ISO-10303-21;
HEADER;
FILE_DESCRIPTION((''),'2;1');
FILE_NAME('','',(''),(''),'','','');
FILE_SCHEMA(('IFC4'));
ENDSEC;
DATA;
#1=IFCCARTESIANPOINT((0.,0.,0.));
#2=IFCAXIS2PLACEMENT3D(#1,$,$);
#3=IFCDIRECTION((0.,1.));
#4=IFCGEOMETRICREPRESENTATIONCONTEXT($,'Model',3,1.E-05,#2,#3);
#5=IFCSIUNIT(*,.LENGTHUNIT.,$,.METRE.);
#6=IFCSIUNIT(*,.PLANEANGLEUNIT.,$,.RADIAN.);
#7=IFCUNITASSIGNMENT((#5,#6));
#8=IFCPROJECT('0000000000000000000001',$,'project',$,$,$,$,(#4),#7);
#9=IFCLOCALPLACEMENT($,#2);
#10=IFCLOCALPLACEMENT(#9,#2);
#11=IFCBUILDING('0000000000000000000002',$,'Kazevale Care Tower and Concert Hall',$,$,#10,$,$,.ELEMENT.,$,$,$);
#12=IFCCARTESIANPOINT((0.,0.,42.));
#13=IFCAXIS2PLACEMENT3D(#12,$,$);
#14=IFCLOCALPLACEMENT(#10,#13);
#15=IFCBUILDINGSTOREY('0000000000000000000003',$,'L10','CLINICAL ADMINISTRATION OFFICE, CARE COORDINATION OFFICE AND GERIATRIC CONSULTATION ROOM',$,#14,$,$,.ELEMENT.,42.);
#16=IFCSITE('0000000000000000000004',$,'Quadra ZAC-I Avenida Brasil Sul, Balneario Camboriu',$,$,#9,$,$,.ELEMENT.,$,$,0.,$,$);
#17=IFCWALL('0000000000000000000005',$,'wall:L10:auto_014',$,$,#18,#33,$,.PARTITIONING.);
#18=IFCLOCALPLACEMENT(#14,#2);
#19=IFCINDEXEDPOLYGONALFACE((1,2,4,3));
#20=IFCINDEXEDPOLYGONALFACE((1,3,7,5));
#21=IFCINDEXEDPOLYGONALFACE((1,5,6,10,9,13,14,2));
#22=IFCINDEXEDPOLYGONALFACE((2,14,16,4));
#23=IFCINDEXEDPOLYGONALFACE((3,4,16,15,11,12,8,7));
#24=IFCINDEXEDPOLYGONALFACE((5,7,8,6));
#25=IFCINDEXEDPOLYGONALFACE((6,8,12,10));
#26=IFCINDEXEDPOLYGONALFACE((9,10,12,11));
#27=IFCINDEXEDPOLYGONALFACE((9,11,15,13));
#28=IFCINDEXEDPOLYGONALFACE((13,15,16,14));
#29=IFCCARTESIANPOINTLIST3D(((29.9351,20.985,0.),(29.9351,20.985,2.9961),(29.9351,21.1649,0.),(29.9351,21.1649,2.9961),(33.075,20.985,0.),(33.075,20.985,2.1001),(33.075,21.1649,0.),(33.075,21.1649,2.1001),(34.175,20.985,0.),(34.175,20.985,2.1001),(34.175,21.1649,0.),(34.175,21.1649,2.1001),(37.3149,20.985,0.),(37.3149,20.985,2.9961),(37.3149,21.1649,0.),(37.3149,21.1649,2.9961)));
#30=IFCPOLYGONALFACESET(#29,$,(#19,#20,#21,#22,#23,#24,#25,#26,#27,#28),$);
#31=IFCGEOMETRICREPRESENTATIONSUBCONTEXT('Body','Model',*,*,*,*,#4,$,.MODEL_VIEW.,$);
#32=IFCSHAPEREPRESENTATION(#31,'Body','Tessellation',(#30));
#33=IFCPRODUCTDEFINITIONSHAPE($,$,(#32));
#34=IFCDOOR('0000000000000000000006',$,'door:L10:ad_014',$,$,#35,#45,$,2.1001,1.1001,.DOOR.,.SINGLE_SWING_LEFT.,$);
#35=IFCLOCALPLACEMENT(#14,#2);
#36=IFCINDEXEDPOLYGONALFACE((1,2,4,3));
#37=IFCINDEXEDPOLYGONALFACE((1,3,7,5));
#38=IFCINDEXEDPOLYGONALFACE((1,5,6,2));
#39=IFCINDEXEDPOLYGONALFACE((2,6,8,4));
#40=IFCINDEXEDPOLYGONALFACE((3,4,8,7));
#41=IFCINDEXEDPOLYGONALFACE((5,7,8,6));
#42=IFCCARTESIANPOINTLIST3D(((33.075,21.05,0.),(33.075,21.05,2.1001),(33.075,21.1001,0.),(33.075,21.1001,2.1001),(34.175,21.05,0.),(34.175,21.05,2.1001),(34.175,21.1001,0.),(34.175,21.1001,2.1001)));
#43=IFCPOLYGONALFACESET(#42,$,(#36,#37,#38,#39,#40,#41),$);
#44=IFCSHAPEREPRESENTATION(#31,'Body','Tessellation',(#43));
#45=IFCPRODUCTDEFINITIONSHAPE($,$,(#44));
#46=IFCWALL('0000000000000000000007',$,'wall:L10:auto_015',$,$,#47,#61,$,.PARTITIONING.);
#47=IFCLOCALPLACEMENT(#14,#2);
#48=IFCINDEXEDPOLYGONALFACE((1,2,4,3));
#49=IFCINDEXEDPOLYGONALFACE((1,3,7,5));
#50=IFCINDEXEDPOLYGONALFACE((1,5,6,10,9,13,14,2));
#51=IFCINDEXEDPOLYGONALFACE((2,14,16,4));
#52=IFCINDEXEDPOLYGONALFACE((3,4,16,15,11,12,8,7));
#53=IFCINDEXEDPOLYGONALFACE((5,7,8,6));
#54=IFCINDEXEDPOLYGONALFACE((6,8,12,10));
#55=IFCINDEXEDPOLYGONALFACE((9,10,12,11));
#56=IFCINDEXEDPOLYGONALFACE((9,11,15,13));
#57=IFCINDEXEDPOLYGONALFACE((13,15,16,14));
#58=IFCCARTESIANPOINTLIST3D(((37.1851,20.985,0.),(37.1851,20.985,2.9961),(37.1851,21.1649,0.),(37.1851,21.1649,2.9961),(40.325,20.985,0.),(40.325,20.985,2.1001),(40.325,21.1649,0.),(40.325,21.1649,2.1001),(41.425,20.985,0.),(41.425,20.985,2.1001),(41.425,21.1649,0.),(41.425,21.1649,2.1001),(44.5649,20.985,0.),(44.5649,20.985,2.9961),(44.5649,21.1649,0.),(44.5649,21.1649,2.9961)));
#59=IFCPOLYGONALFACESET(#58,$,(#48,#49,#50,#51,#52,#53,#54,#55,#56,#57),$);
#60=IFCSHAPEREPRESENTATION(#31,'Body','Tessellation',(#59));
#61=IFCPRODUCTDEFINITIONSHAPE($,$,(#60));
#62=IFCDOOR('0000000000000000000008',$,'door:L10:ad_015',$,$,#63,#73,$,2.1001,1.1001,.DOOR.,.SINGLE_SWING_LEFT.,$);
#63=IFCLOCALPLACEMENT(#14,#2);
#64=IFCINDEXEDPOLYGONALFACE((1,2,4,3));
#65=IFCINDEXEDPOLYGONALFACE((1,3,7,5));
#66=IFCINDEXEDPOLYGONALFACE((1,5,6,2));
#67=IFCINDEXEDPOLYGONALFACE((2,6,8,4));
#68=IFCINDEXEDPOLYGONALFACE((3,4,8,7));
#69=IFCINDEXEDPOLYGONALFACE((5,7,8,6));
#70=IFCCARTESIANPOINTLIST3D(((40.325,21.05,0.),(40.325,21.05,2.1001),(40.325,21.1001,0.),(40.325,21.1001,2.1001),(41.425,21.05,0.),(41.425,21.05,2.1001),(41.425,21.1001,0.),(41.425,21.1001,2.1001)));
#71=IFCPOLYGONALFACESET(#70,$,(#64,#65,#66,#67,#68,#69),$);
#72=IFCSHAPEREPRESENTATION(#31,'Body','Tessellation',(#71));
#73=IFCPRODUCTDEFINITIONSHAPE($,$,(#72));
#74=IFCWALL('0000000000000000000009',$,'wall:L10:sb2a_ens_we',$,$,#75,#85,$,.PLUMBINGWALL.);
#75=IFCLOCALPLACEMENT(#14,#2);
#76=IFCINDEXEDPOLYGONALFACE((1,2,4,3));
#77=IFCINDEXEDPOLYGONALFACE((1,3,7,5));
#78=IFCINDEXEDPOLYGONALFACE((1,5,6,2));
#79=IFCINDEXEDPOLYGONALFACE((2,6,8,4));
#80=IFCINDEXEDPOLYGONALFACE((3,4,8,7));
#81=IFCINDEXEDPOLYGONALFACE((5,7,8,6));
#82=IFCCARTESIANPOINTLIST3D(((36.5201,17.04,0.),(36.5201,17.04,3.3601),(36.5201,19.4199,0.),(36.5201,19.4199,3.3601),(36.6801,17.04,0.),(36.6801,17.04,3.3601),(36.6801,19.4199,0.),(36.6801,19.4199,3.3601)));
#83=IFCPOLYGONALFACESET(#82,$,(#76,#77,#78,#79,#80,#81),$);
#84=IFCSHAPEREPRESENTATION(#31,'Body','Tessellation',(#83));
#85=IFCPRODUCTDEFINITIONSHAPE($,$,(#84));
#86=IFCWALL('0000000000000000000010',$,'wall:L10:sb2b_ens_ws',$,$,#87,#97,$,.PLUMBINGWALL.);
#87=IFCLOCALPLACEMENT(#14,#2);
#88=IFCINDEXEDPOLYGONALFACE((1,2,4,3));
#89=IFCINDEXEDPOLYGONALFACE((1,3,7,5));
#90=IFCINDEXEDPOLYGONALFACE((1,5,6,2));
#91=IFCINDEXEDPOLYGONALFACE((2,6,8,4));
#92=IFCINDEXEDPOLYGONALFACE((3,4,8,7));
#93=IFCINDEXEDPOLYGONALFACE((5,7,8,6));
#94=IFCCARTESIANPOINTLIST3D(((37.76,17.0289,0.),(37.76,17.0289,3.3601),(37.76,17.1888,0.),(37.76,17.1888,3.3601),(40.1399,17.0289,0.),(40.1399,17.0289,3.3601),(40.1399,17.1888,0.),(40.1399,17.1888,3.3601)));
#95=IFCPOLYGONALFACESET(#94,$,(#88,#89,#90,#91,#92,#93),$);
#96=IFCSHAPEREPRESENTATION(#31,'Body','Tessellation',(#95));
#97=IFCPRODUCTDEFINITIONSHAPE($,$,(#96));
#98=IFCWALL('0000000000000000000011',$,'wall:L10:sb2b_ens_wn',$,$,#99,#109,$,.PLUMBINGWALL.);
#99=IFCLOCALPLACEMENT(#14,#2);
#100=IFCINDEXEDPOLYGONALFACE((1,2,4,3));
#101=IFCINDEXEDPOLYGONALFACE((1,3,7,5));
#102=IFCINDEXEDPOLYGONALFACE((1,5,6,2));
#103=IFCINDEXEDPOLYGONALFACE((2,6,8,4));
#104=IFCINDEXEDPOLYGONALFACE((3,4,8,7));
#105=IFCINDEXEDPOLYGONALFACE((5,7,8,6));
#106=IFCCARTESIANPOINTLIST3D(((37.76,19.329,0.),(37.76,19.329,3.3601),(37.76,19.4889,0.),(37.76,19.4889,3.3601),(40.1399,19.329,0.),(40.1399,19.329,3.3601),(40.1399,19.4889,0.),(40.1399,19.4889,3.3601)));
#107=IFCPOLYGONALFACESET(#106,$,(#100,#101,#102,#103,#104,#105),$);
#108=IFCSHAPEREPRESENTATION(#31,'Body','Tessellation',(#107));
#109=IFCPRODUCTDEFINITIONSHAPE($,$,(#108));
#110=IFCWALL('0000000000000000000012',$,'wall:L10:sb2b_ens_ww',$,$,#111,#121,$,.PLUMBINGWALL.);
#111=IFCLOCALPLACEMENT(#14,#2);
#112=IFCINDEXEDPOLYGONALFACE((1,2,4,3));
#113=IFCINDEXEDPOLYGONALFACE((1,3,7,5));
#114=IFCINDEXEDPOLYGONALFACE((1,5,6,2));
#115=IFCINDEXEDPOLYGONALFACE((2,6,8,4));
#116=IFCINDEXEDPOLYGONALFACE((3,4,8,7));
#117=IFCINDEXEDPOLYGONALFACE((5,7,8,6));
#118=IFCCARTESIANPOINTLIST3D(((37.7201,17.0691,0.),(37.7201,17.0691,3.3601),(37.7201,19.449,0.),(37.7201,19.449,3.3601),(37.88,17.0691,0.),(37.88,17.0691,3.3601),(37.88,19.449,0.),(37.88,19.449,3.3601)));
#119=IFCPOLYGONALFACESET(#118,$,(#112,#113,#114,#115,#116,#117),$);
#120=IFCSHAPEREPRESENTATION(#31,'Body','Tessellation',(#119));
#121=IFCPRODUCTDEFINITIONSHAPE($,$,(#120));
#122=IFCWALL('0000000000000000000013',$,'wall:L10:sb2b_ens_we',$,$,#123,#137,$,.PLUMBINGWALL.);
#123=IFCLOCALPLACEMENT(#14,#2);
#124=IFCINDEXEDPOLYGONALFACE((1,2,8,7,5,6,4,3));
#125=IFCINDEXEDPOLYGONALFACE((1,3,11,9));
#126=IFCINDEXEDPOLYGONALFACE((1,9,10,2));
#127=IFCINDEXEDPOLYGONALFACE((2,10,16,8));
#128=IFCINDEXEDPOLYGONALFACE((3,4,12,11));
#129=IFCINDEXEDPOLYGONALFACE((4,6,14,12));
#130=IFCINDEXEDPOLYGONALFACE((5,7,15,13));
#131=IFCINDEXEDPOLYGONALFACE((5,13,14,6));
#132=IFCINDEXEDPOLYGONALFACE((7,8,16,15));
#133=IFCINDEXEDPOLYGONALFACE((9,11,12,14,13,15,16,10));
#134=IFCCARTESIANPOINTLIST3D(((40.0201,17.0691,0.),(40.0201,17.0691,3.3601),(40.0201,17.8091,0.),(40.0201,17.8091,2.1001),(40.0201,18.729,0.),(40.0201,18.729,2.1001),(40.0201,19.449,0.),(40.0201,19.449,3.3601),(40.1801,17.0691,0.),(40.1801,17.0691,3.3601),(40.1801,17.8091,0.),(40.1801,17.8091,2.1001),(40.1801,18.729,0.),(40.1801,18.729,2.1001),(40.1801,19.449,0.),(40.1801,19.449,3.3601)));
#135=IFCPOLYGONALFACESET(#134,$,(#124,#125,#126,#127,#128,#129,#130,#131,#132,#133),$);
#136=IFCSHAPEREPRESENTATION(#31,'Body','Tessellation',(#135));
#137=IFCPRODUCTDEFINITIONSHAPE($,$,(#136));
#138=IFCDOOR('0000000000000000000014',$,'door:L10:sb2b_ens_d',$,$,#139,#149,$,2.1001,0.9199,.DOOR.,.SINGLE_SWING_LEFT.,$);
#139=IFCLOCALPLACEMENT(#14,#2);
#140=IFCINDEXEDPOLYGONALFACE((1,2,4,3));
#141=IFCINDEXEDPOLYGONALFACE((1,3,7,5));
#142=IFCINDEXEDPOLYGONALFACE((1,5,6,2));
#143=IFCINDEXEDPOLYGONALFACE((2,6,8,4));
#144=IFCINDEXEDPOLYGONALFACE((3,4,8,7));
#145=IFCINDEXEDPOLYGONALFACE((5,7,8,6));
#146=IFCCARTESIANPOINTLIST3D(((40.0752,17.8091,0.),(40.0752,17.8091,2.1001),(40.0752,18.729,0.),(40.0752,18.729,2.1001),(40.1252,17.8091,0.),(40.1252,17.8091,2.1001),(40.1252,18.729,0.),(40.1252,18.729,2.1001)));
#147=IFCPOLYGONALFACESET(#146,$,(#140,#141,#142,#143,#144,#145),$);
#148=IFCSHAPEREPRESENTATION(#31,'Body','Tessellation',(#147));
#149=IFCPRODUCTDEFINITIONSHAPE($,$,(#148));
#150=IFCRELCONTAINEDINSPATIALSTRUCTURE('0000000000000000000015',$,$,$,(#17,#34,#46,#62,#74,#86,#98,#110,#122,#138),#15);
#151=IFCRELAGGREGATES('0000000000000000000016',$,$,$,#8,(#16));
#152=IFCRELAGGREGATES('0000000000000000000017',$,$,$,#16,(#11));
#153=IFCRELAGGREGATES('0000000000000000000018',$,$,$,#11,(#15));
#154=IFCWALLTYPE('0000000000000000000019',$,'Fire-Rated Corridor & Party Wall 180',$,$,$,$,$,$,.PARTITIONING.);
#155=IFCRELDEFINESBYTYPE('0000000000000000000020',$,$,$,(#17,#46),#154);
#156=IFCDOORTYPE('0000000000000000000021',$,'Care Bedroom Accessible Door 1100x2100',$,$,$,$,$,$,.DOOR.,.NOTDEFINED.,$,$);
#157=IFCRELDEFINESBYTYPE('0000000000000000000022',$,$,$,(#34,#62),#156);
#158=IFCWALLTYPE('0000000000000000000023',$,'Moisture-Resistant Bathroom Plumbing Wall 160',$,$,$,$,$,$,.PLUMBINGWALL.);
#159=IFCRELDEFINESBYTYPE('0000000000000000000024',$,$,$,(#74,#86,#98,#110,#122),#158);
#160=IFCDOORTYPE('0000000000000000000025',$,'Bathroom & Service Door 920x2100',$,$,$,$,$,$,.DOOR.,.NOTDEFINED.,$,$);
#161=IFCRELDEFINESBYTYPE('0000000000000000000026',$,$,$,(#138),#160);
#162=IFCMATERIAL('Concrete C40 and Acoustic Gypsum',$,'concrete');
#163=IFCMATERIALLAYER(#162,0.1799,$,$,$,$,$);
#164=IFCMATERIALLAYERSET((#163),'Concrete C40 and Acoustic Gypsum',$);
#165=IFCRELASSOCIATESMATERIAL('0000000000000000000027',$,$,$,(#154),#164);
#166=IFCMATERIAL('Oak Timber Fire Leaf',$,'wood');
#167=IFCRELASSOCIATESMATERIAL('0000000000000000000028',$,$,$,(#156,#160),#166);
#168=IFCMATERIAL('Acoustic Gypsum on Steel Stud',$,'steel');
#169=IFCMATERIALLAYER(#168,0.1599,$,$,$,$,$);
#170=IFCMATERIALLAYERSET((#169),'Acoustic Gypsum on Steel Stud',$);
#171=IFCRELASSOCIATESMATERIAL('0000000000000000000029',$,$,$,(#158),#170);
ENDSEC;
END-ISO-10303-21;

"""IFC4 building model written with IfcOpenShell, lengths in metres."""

from ifc_helpers import new_model, si_unit, direction, frame, frame_2d, origin, place, context, subcontext, project, spatial, rectangle, extrude, material, layer, layer_set, type_object, element, fill, save


model = new_model("IFC4")

# Units and contexts
model_context = context("Model", 3, precision=1e-05, world=origin(), true_north=direction((0.0, 1.0)))
body_context = subcontext(model_context, "Body", "Model", "MODEL_VIEW")
ifc_project = project(units=[si_unit("LENGTHUNIT", "METRE"), si_unit("PLANEANGLEUNIT", "RADIAN")], contexts=[model_context])

# Site, building, storey
site_placement = place(None, origin())
site = spatial("IfcSite", under=ifc_project, at=site_placement, Name="Quadra ZAC-I Avenida Brasil Sul, Balneario Camboriu", CompositionType="ELEMENT", RefElevation=0.0)
building_placement = place(site_placement, origin())
building = spatial("IfcBuilding", under=site, at=building_placement, Name="Kazevale Care Tower and Concert Hall", CompositionType="ELEMENT")
storey_placement = place(building_placement, frame((0.0, 0.0, 42.0)))
storey = spatial("IfcBuildingStorey", under=building, at=storey_placement, Name="L10", Description="CLINICAL ADMINISTRATION OFFICE, CARE COORDINATION OFFICE AND GERIATRIC CONSULTATION ROOM", CompositionType="ELEMENT", Elevation=42.0)

# Shared definitions
ifc_material_1 = material(Name="Acoustic Gypsum on Steel Stud", Category="steel")

# Walls, openings, doors
ifc_material_2 = material(Name="Concrete C40 and Acoustic Gypsum", Category="concrete")
ifc_layer_1 = layer(ifc_material_2, 0.1799)
ifc_layer_set_1 = layer_set([ifc_layer_1], Name="Concrete C40 and Acoustic Gypsum")
wall_type_1 = type_object("IfcWallType", Name="Fire-Rated Corridor & Party Wall 180", PredefinedType="PARTITIONING", material=ifc_layer_set_1)
wall_1_placement = place(storey_placement, frame((37.3149, 21.075, 0.0), z_axis=(0.0, 0.0, 1.0), x_axis=(-1.0, 0.0, 0.0)))
wall_1 = element("IfcWall", 1, at=wall_1_placement, inside=storey, type_object=wall_type_1, Name="wall:L10:auto_014", PredefinedType="PARTITIONING", context=body_context, shape_type="SweptSolid", body=[
    extrude(rectangle(XDim=7.3799, YDim=0.1799, at=frame_2d((3.6899, 0.0))), origin(), (0.0, 0.0, 1.0), 2.9961),
])
opening_1_placement = place(wall_1_placement, frame((3.1399, 0.0, 0.0)))
opening_1 = element("IfcOpeningElement", 2, at=opening_1_placement, cuts=wall_1, PredefinedType="OPENING", context=body_context, shape_type="SweptSolid", body=[
    extrude(rectangle(XDim=1.1001, YDim=2.1001, at=frame_2d((0.55, 1.05))), frame((0.0, 0.0999, 0.0), z_axis=(0.0, -1.0, 0.0), x_axis=(1.0, 0.0, 0.0)), (0.0, 0.0, 1.0), 0.2),
])
ifc_material_3 = material(Name="Oak Timber Fire Leaf", Category="wood")
door_type_1 = type_object("IfcDoorType", Name="Care Bedroom Accessible Door 1100x2100", OperationType="NOTDEFINED", PredefinedType="DOOR", material=ifc_material_3)
door_1_placement = place(opening_1_placement, origin())
door_1 = element("IfcDoor", 3, at=door_1_placement, inside=storey, type_object=door_type_1, Name="door:L10:ad_014", OperationType="SINGLE_SWING_LEFT", OverallHeight=2.1001, OverallWidth=1.1001, PredefinedType="DOOR", context=body_context, shape_type="SweptSolid", body=[
    extrude(rectangle(XDim=1.1001, YDim=2.1001, at=frame_2d((0.55, 1.05))), frame((0.0, 0.0249, 0.0), z_axis=(0.0, -1.0, 0.0), x_axis=(1.0, 0.0, 0.0)), (0.0, 0.0, 1.0), 0.05),
])
fill(opening_1, door_1)
wall_2_placement = place(storey_placement, frame((44.5649, 21.075, 0.0), z_axis=(0.0, 0.0, 1.0), x_axis=(-1.0, 0.0, 0.0)))
wall_2 = element("IfcWall", 4, at=wall_2_placement, inside=storey, type_object=wall_type_1, Name="wall:L10:auto_015", PredefinedType="PARTITIONING", context=body_context, shape_type="SweptSolid", body=[
    extrude(rectangle(XDim=7.3799, YDim=0.1799, at=frame_2d((3.6899, 0.0))), origin(), (0.0, 0.0, 1.0), 2.9961),
])
opening_2_placement = place(wall_2_placement, frame((3.1399, 0.0, 0.0)))
opening_2 = element("IfcOpeningElement", 5, at=opening_2_placement, cuts=wall_2, PredefinedType="OPENING", context=body_context, shape_type="SweptSolid", body=[
    extrude(rectangle(XDim=1.1001, YDim=2.1001, at=frame_2d((0.55, 1.05))), frame((0.0, 0.0999, 0.0), z_axis=(0.0, -1.0, 0.0), x_axis=(1.0, 0.0, 0.0)), (0.0, 0.0, 1.0), 0.2),
])
door_2_placement = place(opening_2_placement, origin())
door_2 = element("IfcDoor", 6, at=door_2_placement, inside=storey, type_object=door_type_1, Name="door:L10:ad_015", OperationType="SINGLE_SWING_LEFT", OverallHeight=2.1001, OverallWidth=1.1001, PredefinedType="DOOR", context=body_context, shape_type="SweptSolid", body=[
    extrude(rectangle(XDim=1.1001, YDim=2.1001, at=frame_2d((0.55, 1.05))), frame((0.0, 0.0249, 0.0), z_axis=(0.0, -1.0, 0.0), x_axis=(1.0, 0.0, 0.0)), (0.0, 0.0, 1.0), 0.05),
])
fill(opening_2, door_2)

# Walls
ifc_layer_2 = layer(ifc_material_1, 0.1599)
ifc_layer_set_2 = layer_set([ifc_layer_2], Name="Acoustic Gypsum on Steel Stud")
wall_type_2 = type_object("IfcWallType", Name="Moisture-Resistant Bathroom Plumbing Wall 160", PredefinedType="PLUMBINGWALL", material=ifc_layer_set_2)
for number, where, z_axis, x_axis, name in (
    (7, (36.6001, 17.04, 0.0), (0.0, 0.0, 1.0), (0.0, 1.0, 0.0), "wall:L10:sb2a_ens_we"),
    (8, (37.76, 17.1089, 0.0), (0.0, 0.0, 1.0), (1.0, 0.0, 0.0), "wall:L10:sb2b_ens_ws"),
    (9, (37.76, 19.4089, 0.0), (0.0, 0.0, 1.0), (1.0, 0.0, 0.0), "wall:L10:sb2b_ens_wn"),
    (10, (37.8, 17.0691, 0.0), (0.0, 0.0, 1.0), (0.0, 1.0, 0.0), "wall:L10:sb2b_ens_ww"),
):
    element("IfcWall", number, at=place(storey_placement, frame(where, z_axis=z_axis, x_axis=x_axis)), inside=storey, type_object=wall_type_2, Name=name, PredefinedType="PLUMBINGWALL", context=body_context, shape_type="SweptSolid", body=[
        extrude(rectangle(XDim=2.3799, YDim=0.1599, at=frame_2d((1.1899, 0.0))), origin(), (0.0, 0.0, 1.0), 3.3601),
    ])

# Wall, opening, door
wall_3_placement = place(storey_placement, frame((40.1001, 17.0691, 0.0), z_axis=(0.0, 0.0, 1.0), x_axis=(0.0, 1.0, 0.0)))
wall_3 = element("IfcWall", 11, at=wall_3_placement, inside=storey, type_object=wall_type_2, Name="wall:L10:sb2b_ens_we", PredefinedType="PLUMBINGWALL", context=body_context, shape_type="SweptSolid", body=[
    extrude(rectangle(XDim=2.3799, YDim=0.1599, at=frame_2d((1.1899, 0.0))), origin(), (0.0, 0.0, 1.0), 3.3601),
])
opening_3_placement = place(wall_3_placement, frame((0.74, 0.0, 0.0)))
opening_3 = element("IfcOpeningElement", 12, at=opening_3_placement, cuts=wall_3, PredefinedType="OPENING", context=body_context, shape_type="SweptSolid", body=[
    extrude(rectangle(XDim=0.9199, YDim=2.1001, at=frame_2d((0.46, 1.05))), frame((0.0, 0.0898, 0.0), z_axis=(0.0, -1.0, 0.0), x_axis=(1.0, 0.0, 0.0)), (0.0, 0.0, 1.0), 0.1799),
])
door_type_2 = type_object("IfcDoorType", Name="Bathroom & Service Door 920x2100", OperationType="NOTDEFINED", PredefinedType="DOOR", material=ifc_material_3)
door_3_placement = place(opening_3_placement, origin())
door_3 = element("IfcDoor", 13, at=door_3_placement, inside=storey, type_object=door_type_2, Name="door:L10:sb2b_ens_d", OperationType="SINGLE_SWING_LEFT", OverallHeight=2.1001, OverallWidth=0.9199, PredefinedType="DOOR", context=body_context, shape_type="SweptSolid", body=[
    extrude(rectangle(XDim=0.9199, YDim=2.1001, at=frame_2d((0.46, 1.05))), frame((0.0, 0.0249, 0.0), z_axis=(0.0, -1.0, 0.0), x_axis=(1.0, 0.0, 0.0)), (0.0, 0.0, 1.0), 0.05),
])
fill(opening_3, door_3)

save(model, "model.ifc")
